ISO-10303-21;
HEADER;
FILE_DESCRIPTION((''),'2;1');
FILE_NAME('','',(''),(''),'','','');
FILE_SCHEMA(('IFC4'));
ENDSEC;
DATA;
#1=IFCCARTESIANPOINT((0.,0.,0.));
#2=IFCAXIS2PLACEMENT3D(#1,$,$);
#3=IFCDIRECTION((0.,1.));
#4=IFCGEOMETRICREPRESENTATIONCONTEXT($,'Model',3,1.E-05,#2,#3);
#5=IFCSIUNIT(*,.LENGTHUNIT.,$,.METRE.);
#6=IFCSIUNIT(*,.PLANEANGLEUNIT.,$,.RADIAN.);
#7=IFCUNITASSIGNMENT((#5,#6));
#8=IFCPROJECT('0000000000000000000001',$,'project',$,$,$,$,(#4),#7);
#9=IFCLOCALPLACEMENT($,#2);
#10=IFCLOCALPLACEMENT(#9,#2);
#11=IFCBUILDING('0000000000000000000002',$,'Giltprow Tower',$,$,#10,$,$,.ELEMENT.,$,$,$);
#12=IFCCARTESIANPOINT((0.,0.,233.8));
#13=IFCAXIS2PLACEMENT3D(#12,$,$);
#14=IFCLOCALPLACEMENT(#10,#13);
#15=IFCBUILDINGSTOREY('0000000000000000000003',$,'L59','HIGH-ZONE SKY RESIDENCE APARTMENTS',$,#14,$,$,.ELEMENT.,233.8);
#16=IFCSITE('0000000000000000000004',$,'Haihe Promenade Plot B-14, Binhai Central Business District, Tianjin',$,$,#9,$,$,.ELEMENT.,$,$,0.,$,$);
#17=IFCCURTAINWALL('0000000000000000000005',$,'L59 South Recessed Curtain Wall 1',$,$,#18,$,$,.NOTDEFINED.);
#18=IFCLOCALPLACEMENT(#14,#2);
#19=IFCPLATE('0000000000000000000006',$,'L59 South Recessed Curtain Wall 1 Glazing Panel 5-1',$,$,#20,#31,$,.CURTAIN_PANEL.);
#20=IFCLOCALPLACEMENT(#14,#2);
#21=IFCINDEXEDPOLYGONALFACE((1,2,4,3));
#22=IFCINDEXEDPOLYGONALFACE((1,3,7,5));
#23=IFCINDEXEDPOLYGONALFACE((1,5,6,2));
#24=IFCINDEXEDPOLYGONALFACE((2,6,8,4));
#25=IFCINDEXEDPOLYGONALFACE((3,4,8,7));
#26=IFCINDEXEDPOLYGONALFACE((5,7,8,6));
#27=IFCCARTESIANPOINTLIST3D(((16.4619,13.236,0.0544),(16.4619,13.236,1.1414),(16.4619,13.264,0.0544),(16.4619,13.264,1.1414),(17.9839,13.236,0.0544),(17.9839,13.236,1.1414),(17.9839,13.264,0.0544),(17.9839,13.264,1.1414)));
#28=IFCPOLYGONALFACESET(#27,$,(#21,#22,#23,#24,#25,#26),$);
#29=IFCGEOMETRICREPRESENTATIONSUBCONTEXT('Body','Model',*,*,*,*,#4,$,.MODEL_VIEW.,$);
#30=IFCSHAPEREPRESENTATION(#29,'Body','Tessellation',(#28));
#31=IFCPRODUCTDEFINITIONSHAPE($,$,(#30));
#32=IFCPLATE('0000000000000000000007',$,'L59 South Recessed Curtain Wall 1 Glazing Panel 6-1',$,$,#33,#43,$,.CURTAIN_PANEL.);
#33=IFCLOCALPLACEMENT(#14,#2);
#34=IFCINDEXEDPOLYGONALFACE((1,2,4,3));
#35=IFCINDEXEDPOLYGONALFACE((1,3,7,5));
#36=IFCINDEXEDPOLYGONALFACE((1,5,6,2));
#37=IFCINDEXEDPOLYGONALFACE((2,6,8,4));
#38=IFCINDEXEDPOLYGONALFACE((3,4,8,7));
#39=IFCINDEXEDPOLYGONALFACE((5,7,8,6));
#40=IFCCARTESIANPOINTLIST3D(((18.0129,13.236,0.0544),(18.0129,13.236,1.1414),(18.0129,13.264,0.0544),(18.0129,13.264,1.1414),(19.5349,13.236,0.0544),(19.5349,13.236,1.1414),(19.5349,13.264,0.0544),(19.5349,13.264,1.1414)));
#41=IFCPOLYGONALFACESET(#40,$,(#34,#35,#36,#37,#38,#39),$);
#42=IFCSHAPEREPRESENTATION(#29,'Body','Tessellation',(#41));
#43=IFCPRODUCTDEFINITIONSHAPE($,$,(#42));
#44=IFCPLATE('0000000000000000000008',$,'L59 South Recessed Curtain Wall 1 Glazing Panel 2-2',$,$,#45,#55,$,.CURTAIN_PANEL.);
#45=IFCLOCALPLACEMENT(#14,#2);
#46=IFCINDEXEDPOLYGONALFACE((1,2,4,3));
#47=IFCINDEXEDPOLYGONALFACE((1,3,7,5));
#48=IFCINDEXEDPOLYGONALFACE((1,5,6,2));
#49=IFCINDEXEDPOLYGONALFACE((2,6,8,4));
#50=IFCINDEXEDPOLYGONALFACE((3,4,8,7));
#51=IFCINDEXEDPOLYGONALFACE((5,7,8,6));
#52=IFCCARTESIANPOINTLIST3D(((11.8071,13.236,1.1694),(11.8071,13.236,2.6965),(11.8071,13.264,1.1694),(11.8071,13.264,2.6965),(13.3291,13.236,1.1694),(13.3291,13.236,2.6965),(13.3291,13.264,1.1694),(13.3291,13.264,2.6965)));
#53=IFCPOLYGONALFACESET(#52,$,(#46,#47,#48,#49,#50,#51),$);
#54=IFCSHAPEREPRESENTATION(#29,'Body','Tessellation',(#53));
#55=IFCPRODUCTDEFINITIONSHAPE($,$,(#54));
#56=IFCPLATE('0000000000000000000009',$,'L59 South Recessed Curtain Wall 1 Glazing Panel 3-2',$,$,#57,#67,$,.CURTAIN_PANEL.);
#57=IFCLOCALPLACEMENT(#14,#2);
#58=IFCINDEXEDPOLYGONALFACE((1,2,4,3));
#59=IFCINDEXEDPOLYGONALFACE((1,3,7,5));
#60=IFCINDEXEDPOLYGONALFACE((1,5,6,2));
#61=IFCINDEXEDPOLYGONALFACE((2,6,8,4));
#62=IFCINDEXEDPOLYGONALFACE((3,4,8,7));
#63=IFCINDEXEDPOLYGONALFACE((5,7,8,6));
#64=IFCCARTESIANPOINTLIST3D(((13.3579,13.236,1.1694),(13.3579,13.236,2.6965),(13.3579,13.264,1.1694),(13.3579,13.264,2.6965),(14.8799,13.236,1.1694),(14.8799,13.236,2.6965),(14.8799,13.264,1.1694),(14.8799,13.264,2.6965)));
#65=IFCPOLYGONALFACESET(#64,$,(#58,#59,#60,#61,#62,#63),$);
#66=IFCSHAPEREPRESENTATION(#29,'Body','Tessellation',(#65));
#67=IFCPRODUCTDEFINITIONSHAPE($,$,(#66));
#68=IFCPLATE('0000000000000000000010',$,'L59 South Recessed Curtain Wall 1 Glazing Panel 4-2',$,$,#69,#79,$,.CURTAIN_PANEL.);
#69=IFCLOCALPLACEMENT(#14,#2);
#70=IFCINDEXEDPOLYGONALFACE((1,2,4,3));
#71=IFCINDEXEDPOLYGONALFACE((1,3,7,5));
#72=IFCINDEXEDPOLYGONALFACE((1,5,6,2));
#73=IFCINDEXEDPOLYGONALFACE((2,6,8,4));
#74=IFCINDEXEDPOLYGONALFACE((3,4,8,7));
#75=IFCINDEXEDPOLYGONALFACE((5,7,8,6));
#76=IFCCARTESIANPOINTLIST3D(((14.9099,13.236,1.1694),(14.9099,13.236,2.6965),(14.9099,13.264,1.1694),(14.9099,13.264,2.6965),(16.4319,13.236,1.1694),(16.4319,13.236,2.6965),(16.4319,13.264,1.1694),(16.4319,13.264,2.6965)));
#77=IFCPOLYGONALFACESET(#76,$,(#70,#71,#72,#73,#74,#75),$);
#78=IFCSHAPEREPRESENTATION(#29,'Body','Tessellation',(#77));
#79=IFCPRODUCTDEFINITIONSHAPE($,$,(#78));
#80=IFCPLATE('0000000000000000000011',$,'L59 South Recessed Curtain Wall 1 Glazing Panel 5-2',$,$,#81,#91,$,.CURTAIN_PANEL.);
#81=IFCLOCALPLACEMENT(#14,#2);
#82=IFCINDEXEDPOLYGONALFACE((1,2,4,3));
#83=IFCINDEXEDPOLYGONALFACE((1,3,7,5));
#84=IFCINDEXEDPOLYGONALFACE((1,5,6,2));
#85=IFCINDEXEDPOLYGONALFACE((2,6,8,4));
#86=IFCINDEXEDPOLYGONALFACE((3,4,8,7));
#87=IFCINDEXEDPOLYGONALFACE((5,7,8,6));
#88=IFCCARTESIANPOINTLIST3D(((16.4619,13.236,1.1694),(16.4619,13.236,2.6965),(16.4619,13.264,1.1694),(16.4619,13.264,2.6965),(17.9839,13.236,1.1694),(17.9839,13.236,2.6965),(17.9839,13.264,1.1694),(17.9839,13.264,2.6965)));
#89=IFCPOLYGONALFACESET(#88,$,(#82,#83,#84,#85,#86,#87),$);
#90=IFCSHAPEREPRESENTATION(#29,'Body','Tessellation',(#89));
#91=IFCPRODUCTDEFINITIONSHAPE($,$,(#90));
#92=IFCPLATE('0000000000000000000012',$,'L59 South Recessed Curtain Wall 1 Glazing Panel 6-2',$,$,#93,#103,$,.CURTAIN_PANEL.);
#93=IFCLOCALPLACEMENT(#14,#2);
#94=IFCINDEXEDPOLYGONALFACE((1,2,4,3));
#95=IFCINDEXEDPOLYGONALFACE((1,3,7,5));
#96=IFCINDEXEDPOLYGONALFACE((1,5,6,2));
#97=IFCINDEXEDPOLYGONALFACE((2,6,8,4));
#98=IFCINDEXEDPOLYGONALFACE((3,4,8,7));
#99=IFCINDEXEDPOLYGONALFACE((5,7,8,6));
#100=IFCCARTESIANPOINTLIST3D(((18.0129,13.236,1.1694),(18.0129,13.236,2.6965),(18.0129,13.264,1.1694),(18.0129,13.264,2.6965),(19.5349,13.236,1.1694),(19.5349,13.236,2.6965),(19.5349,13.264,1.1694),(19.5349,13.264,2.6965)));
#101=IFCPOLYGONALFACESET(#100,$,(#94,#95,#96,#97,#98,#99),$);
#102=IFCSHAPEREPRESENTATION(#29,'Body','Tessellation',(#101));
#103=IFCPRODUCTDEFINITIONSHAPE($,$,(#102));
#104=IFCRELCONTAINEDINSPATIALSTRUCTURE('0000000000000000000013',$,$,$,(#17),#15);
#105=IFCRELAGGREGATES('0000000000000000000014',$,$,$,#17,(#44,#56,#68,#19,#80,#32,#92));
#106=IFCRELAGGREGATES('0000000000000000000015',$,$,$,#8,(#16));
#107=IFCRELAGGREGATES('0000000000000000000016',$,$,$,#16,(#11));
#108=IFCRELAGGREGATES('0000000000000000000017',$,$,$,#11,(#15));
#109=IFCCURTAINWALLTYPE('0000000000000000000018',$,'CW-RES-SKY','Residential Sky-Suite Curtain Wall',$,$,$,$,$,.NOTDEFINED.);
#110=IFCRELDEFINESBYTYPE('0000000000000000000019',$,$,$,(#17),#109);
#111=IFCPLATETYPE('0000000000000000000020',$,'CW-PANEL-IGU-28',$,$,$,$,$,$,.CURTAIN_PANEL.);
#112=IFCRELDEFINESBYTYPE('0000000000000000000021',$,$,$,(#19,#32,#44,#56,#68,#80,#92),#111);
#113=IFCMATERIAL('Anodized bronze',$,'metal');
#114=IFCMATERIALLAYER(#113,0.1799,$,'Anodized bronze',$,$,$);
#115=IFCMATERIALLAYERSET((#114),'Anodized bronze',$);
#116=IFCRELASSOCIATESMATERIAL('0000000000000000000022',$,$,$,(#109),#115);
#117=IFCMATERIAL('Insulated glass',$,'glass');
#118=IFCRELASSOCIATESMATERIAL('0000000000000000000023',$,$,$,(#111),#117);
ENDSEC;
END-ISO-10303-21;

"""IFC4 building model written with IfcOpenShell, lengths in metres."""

from ifc_helpers import new_model, si_unit, direction, frame, origin, origin_2d, place, context, subcontext, project, spatial, rectangle, extrude, source, transform, mapped, material, layer, layer_set, type_object, element, aggregate, save


model = new_model("IFC4")

# Units and contexts
model_context = context("Model", 3, precision=1e-05, world=origin(), true_north=direction((0.0, 1.0)))
body_context = subcontext(model_context, "Body", "Model", "MODEL_VIEW")
ifc_project = project(units=[si_unit("LENGTHUNIT", "METRE"), si_unit("PLANEANGLEUNIT", "RADIAN")], contexts=[model_context])

# Site, building, storey
site_placement = place(None, origin())
site = spatial("IfcSite", under=ifc_project, at=site_placement, Name="Haihe Promenade Plot B-14, Binhai Central Business District, Tianjin", CompositionType="ELEMENT", RefElevation=0.0)
building_placement = place(site_placement, origin())
building = spatial("IfcBuilding", under=site, at=building_placement, Name="Giltprow Tower", CompositionType="ELEMENT")
storey_placement = place(building_placement, frame((0.0, 0.0, 233.8)))
storey = spatial("IfcBuildingStorey", under=building, at=storey_placement, Name="L59", Description="HIGH-ZONE SKY RESIDENCE APARTMENTS", CompositionType="ELEMENT", Elevation=233.8)

# Curtain wall
ifc_material_1 = material(Name="Anodized bronze", Category="metal")
ifc_layer = layer(ifc_material_1, 0.1799, Name="Anodized bronze")
ifc_layer_set = layer_set([ifc_layer], Name="Anodized bronze")
curtain_wall_type = type_object("IfcCurtainWallType", Name="CW-RES-SKY", Description="Residential Sky-Suite Curtain Wall", PredefinedType="NOTDEFINED", material=ifc_layer_set)
curtain_wall_placement = place(storey_placement, origin())
curtain_wall = element("IfcCurtainWall", 1, at=curtain_wall_placement, inside=storey, type_object=curtain_wall_type, Name="L59 South Recessed Curtain Wall 1", PredefinedType="NOTDEFINED")

# Plates
ifc_material_2 = material(Name="Insulated glass", Category="glass")
plate_type_1 = type_object("IfcPlateType", Name="CW-PANEL-IGU-28", PredefinedType="CURTAIN_PANEL", material=ifc_material_2)
shared_shape_1 = source(origin(), body_context, "Body", "SweptSolid", [
    extrude(rectangle(XDim=1.522, YDim=0.0281, at=origin_2d()), origin(), (0.0, 0.0, 1.0), 1.0869),
])
plate_1_placement = place(storey_placement, frame((17.2229, 13.25, 0.0544), z_axis=(0.0, 0.0, 1.0), x_axis=(1.0, 0.0, 0.0)))
plate_1 = element("IfcPlate", 2, at=plate_1_placement, type_object=plate_type_1, Name="L59 South Recessed Curtain Wall 1 Glazing Panel 5-1", PredefinedType="CURTAIN_PANEL", context=body_context, shape_type="MappedRepresentation", body=[
    mapped(shared_shape_1, transform((0.0, 0.0, 0.0), x_axis=(1.0, 0.0, 0.0), y_axis=(0.0, 1.0, 0.0), z_axis=(0.0, 0.0, 1.0), scale=1.0)),
])
plate_2_placement = place(storey_placement, frame((18.7739, 13.25, 0.0544), z_axis=(0.0, 0.0, 1.0), x_axis=(1.0, 0.0, 0.0)))
plate_2 = element("IfcPlate", 3, at=plate_2_placement, type_object=plate_type_1, Name="L59 South Recessed Curtain Wall 1 Glazing Panel 6-1", PredefinedType="CURTAIN_PANEL", context=body_context, shape_type="MappedRepresentation", body=[
    mapped(shared_shape_1, transform((0.0, 0.0, 0.0), x_axis=(1.0, 0.0, 0.0), y_axis=(0.0, 1.0, 0.0), z_axis=(0.0, 0.0, 1.0), scale=1.0)),
])
shared_shape_2 = source(origin(), body_context, "Body", "SweptSolid", [
    extrude(rectangle(XDim=1.522, YDim=0.0281, at=origin_2d()), origin(), (0.0, 0.0, 1.0), 1.5271),
])
plate_3_placement = place(storey_placement, frame((12.5681, 13.25, 1.1694), z_axis=(0.0, 0.0, 1.0), x_axis=(1.0, 0.0, 0.0)))
plate_3 = element("IfcPlate", 4, at=plate_3_placement, type_object=plate_type_1, Name="L59 South Recessed Curtain Wall 1 Glazing Panel 2-2", PredefinedType="CURTAIN_PANEL", context=body_context, shape_type="MappedRepresentation", body=[
    mapped(shared_shape_2, transform((0.0, 0.0, 0.0), x_axis=(1.0, 0.0, 0.0), y_axis=(0.0, 1.0, 0.0), z_axis=(0.0, 0.0, 1.0), scale=1.0)),
])
plate_4_placement = place(storey_placement, frame((14.1189, 13.25, 1.1694), z_axis=(0.0, 0.0, 1.0), x_axis=(1.0, 0.0, 0.0)))
plate_4 = element("IfcPlate", 5, at=plate_4_placement, type_object=plate_type_1, Name="L59 South Recessed Curtain Wall 1 Glazing Panel 3-2", PredefinedType="CURTAIN_PANEL", context=body_context, shape_type="MappedRepresentation", body=[
    mapped(shared_shape_2, transform((0.0, 0.0, 0.0), x_axis=(1.0, 0.0, 0.0), y_axis=(0.0, 1.0, 0.0), z_axis=(0.0, 0.0, 1.0), scale=1.0)),
])
plate_5_placement = place(storey_placement, frame((15.6709, 13.25, 1.1694), z_axis=(0.0, 0.0, 1.0), x_axis=(1.0, 0.0, 0.0)))
plate_5 = element("IfcPlate", 6, at=plate_5_placement, type_object=plate_type_1, Name="L59 South Recessed Curtain Wall 1 Glazing Panel 4-2", PredefinedType="CURTAIN_PANEL", context=body_context, shape_type="MappedRepresentation", body=[
    mapped(shared_shape_2, transform((0.0, 0.0, 0.0), x_axis=(1.0, 0.0, 0.0), y_axis=(0.0, 1.0, 0.0), z_axis=(0.0, 0.0, 1.0), scale=1.0)),
])
plate_6_placement = place(storey_placement, frame((17.2229, 13.25, 1.1694), z_axis=(0.0, 0.0, 1.0), x_axis=(1.0, 0.0, 0.0)))
plate_6 = element("IfcPlate", 7, at=plate_6_placement, type_object=plate_type_1, Name="L59 South Recessed Curtain Wall 1 Glazing Panel 5-2", PredefinedType="CURTAIN_PANEL", context=body_context, shape_type="MappedRepresentation", body=[
    mapped(shared_shape_2, transform((0.0, 0.0, 0.0), x_axis=(1.0, 0.0, 0.0), y_axis=(0.0, 1.0, 0.0), z_axis=(0.0, 0.0, 1.0), scale=1.0)),
])
plate_7_placement = place(storey_placement, frame((18.7739, 13.25, 1.1694), z_axis=(0.0, 0.0, 1.0), x_axis=(1.0, 0.0, 0.0)))
plate_7 = element("IfcPlate", 8, at=plate_7_placement, type_object=plate_type_1, Name="L59 South Recessed Curtain Wall 1 Glazing Panel 6-2", PredefinedType="CURTAIN_PANEL", context=body_context, shape_type="MappedRepresentation", body=[
    mapped(shared_shape_2, transform((0.0, 0.0, 0.0), x_axis=(1.0, 0.0, 0.0), y_axis=(0.0, 1.0, 0.0), z_axis=(0.0, 0.0, 1.0), scale=1.0)),
])
aggregate(curtain_wall, [plate_3, plate_4, plate_5, plate_1, plate_6, plate_2, plate_7])

save(model, "model.ifc")
